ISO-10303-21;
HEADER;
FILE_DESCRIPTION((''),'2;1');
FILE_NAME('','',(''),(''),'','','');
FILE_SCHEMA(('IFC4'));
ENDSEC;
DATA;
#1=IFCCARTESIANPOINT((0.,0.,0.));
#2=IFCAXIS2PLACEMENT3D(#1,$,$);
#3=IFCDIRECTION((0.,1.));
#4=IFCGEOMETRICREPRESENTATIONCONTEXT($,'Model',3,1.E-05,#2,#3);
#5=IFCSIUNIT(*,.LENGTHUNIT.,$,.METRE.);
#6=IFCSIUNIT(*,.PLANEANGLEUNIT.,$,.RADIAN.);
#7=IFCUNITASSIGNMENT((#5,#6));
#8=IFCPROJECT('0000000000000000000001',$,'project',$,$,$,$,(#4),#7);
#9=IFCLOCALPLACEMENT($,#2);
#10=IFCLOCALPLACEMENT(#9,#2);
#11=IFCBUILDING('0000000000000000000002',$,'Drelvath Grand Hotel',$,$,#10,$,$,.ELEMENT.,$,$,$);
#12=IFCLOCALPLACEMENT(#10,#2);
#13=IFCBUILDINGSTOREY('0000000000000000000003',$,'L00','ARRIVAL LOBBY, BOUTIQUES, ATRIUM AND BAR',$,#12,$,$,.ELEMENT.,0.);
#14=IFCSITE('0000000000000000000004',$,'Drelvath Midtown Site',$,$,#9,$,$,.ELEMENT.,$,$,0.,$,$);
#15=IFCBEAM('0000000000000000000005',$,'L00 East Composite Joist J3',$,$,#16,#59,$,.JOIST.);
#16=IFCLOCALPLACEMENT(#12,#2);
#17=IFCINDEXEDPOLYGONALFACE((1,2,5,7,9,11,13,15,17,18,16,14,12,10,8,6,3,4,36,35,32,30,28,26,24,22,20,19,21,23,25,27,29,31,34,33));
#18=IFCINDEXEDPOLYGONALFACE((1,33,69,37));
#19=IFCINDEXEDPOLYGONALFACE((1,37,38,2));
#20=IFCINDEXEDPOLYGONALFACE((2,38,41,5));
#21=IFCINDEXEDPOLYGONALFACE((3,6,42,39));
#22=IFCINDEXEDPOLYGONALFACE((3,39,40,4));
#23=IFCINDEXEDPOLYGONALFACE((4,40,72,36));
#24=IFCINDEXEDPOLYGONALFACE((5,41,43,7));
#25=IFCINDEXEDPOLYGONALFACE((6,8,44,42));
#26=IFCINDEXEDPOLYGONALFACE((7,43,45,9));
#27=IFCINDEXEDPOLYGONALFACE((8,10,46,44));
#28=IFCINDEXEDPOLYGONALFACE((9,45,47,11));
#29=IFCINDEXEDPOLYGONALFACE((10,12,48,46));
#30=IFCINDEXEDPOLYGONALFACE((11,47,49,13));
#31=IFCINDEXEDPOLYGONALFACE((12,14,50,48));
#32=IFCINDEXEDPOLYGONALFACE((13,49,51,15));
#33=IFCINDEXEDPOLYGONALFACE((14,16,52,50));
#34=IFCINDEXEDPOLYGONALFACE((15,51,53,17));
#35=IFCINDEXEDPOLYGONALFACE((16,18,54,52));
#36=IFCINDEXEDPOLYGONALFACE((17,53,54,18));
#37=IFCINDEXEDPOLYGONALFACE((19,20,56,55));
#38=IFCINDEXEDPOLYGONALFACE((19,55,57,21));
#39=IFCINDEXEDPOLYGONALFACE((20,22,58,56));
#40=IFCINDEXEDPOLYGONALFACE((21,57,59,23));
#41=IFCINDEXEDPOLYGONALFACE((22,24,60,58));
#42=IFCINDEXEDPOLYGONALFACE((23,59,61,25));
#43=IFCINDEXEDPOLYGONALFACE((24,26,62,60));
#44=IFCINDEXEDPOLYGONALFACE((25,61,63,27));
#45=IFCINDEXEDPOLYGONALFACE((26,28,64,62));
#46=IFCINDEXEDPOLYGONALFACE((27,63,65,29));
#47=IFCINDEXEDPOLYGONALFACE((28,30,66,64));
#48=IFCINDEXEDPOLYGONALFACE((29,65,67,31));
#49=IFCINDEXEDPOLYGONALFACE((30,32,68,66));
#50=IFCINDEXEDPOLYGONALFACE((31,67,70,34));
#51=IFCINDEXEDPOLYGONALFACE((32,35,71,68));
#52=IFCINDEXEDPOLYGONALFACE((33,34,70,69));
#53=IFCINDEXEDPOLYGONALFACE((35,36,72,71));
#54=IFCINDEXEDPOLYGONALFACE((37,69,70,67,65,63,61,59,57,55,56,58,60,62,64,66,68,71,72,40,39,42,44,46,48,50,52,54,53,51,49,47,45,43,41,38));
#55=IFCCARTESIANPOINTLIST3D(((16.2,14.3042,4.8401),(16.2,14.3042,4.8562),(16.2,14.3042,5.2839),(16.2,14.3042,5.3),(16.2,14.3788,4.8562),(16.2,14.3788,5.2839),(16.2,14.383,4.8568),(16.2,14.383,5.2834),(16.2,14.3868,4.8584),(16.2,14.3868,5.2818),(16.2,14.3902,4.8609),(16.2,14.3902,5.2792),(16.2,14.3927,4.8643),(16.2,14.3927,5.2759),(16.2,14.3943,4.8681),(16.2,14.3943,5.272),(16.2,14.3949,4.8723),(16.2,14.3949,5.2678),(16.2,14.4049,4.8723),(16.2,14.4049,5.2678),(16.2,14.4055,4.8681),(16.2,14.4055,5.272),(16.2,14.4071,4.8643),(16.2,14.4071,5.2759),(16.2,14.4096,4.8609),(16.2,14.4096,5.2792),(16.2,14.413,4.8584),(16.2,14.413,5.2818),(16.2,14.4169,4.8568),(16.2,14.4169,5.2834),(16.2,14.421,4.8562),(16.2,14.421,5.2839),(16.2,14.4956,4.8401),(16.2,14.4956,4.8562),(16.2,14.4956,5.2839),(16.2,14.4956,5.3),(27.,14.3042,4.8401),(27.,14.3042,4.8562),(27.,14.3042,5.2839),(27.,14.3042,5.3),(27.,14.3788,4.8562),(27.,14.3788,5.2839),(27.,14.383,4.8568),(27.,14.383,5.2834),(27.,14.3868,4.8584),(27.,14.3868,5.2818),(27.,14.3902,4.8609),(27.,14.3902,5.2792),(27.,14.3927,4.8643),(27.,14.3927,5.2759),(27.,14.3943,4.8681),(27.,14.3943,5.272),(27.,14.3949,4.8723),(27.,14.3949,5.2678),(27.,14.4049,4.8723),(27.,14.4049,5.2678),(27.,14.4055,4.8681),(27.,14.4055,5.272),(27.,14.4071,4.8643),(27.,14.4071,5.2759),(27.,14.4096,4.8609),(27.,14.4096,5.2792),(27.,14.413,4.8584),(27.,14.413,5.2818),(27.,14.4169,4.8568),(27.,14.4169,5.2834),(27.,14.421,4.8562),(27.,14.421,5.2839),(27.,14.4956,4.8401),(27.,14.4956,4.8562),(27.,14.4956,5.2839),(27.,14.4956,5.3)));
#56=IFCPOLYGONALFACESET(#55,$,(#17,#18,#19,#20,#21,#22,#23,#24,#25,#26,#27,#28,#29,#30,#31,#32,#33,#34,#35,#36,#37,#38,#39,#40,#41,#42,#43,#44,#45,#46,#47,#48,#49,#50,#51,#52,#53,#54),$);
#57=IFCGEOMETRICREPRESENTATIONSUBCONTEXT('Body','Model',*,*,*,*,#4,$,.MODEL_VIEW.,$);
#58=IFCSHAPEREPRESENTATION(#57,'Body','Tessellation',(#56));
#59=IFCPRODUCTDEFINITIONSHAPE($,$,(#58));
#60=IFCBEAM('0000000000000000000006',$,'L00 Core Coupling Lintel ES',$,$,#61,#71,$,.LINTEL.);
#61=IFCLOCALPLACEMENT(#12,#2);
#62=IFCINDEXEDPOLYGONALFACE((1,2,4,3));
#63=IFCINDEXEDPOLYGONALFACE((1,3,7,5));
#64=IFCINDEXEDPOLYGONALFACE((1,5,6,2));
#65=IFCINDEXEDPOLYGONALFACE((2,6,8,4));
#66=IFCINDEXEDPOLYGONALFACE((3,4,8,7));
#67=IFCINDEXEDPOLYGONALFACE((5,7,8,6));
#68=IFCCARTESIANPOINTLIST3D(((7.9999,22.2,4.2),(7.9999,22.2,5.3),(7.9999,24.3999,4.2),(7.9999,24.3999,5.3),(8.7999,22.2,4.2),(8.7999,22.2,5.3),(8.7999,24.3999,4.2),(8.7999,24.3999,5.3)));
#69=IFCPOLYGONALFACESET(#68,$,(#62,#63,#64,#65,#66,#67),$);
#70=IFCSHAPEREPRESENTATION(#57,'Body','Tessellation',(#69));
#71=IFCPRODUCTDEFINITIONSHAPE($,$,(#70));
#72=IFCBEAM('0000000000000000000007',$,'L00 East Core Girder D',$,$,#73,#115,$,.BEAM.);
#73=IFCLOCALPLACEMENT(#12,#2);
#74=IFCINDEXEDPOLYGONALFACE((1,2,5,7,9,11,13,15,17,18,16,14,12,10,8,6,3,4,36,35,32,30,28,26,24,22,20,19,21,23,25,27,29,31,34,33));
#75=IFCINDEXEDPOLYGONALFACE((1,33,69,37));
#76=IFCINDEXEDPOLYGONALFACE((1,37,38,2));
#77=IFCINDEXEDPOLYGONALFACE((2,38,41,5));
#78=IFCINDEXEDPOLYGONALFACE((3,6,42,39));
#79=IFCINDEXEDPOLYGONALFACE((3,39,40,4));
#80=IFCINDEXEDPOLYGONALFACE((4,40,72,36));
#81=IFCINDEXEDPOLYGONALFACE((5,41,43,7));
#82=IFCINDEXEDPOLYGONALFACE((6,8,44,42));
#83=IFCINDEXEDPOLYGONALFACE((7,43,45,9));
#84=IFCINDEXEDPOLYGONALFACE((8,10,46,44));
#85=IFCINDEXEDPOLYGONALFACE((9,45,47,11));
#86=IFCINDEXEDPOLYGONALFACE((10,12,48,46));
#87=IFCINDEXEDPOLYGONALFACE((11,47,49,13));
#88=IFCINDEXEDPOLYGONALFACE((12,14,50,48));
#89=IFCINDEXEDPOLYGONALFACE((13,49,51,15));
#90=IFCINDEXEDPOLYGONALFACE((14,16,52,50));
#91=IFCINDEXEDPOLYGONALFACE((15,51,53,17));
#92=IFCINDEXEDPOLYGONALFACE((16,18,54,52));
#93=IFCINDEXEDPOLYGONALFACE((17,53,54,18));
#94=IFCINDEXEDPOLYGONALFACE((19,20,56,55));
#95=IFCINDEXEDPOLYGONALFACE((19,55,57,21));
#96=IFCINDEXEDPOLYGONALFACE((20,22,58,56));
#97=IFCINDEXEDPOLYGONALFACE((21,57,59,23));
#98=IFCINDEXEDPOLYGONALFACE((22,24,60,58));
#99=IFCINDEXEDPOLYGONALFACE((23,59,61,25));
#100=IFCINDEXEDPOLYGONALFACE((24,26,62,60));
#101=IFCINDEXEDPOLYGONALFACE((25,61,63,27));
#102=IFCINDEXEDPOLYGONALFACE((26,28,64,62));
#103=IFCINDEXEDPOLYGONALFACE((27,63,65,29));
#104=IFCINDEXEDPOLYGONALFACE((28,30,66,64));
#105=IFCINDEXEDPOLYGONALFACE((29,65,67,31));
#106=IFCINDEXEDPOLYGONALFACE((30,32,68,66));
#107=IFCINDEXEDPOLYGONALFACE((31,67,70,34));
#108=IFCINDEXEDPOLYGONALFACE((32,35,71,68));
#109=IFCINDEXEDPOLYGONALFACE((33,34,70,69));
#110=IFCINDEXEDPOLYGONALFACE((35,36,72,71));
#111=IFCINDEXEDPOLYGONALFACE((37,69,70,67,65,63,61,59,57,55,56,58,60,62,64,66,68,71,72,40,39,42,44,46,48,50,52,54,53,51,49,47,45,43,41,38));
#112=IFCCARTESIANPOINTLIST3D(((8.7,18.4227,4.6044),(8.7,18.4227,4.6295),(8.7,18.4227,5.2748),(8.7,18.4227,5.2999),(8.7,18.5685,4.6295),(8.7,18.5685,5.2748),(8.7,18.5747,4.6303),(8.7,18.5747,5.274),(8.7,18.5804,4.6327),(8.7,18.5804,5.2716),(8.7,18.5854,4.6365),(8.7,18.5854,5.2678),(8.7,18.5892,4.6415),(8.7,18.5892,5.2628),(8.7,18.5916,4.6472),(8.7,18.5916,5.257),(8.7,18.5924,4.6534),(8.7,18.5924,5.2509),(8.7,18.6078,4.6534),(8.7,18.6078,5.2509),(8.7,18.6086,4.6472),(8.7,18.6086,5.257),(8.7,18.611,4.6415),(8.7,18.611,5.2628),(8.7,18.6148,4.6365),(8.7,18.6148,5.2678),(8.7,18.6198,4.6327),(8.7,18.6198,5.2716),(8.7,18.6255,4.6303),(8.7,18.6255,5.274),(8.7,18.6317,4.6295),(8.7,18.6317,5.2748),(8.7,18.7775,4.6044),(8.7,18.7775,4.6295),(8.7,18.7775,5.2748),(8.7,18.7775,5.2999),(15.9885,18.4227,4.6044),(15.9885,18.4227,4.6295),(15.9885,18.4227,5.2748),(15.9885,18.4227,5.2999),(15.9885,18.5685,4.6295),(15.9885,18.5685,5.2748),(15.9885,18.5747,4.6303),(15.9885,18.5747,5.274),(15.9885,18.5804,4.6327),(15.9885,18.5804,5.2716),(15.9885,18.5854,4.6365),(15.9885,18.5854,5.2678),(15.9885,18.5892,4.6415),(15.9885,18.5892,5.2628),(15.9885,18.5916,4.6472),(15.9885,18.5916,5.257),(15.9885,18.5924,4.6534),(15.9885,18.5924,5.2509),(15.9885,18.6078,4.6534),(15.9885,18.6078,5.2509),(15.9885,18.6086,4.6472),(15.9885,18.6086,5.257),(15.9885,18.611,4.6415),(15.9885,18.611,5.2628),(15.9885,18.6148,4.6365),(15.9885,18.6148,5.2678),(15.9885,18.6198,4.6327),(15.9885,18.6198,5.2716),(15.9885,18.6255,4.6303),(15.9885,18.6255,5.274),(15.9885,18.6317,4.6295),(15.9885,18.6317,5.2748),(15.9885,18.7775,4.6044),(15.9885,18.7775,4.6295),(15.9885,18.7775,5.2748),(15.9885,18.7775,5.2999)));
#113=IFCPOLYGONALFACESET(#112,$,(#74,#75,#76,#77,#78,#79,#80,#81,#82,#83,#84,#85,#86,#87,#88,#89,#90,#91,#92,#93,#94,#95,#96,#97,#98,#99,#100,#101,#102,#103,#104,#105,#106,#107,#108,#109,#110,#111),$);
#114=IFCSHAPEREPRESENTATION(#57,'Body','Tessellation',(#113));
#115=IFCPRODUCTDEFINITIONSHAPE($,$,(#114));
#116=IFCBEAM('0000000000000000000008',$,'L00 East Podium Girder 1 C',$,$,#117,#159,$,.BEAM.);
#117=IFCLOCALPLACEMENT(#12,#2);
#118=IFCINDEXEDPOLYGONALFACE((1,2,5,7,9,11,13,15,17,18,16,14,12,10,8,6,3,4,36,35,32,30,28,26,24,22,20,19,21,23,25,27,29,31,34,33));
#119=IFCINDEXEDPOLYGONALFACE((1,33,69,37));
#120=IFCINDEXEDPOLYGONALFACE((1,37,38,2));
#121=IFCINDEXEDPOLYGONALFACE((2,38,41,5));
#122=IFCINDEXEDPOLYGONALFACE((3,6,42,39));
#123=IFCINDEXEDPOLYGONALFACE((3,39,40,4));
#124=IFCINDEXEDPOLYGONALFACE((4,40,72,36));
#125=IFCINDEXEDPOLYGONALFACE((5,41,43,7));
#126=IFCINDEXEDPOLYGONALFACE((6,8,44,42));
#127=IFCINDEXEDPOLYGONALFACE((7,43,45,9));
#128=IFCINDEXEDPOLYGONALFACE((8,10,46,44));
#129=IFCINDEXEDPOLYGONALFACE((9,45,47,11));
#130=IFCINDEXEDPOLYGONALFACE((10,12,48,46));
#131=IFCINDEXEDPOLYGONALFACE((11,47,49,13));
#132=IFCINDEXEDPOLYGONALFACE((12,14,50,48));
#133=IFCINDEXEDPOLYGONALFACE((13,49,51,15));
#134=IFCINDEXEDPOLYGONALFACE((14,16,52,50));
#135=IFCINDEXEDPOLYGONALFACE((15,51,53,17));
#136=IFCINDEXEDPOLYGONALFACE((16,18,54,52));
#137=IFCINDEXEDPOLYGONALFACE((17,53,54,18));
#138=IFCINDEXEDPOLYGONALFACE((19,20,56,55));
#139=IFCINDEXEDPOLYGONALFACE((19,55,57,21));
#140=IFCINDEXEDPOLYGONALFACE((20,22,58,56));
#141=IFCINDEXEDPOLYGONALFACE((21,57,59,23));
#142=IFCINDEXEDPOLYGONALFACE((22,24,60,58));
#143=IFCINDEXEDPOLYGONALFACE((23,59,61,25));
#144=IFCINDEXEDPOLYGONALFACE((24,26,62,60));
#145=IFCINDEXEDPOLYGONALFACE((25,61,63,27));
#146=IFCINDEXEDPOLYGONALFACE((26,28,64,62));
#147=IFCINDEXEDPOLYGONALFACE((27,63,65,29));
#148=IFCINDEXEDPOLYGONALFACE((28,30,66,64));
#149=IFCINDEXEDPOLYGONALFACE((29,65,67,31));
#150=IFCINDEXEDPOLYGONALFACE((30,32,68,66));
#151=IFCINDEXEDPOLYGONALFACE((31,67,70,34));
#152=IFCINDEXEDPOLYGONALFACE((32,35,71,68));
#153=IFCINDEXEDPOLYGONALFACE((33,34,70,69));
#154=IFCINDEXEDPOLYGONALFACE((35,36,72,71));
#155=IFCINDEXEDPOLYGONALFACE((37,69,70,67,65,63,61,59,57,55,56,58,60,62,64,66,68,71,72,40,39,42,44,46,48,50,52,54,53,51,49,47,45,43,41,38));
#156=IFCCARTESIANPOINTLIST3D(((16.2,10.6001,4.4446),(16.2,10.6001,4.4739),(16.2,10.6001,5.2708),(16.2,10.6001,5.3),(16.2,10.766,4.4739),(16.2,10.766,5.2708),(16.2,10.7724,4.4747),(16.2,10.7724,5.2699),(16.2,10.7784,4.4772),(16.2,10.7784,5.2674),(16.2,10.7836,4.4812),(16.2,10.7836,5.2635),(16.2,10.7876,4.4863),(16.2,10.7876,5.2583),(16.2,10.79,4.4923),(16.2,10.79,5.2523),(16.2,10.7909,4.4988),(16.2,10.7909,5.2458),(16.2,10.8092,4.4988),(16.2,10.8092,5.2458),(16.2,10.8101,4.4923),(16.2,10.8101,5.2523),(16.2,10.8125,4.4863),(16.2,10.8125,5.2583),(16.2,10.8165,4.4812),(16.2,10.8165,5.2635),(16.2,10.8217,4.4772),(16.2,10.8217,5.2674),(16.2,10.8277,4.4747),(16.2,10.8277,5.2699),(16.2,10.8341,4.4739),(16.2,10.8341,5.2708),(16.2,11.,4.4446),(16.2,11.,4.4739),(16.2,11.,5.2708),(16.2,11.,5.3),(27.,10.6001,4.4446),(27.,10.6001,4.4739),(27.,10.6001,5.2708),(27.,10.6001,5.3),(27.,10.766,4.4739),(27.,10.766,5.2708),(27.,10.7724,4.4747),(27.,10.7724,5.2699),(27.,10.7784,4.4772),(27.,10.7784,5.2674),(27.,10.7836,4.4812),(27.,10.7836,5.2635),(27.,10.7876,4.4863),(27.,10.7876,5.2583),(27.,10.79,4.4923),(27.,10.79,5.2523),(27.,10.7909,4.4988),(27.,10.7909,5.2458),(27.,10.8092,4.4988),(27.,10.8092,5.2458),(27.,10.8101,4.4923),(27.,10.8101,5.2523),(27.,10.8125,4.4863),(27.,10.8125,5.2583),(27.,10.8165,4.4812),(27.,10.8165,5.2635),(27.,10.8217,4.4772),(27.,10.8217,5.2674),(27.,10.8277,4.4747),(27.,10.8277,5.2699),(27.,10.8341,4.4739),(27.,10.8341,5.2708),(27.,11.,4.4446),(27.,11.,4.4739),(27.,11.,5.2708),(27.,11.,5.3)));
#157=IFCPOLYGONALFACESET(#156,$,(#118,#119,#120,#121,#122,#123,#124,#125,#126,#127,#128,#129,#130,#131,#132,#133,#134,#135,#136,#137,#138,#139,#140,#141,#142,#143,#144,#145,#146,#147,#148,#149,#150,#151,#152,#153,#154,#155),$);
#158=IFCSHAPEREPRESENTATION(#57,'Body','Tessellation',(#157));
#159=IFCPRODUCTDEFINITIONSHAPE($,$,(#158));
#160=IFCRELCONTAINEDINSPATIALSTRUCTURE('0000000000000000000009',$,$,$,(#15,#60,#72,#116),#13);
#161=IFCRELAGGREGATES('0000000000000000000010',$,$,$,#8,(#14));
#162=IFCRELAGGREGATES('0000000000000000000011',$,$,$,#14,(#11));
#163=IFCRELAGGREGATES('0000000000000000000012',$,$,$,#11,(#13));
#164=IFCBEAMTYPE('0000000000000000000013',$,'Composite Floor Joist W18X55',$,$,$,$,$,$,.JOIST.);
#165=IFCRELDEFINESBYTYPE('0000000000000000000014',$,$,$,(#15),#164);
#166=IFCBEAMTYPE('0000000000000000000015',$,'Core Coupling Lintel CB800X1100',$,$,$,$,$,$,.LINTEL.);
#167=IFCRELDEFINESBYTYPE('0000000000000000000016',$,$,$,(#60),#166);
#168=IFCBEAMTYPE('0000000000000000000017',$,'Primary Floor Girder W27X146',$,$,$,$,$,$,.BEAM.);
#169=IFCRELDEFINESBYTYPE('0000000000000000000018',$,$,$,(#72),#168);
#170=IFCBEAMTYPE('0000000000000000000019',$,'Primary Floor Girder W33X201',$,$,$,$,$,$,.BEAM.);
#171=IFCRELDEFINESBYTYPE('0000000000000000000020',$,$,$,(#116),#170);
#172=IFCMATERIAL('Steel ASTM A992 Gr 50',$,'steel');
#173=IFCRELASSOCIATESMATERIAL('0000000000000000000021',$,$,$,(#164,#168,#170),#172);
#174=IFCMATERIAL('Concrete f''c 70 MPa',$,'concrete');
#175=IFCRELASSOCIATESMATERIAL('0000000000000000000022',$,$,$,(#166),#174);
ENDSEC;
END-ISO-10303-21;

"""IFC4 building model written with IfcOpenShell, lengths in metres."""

from ifc_helpers import new_model, si_unit, direction, frame, origin, origin_2d, place, context, subcontext, project, spatial, rectangle, i_section, extrude, material, material_profile, profile_set, type_object, element, save


model = new_model("IFC4")

# Units and contexts
model_context = context("Model", 3, precision=1e-05, world=origin(), true_north=direction((0.0, 1.0)))
body_context = subcontext(model_context, "Body", "Model", "MODEL_VIEW")
ifc_project = project(units=[si_unit("LENGTHUNIT", "METRE"), si_unit("PLANEANGLEUNIT", "RADIAN")], contexts=[model_context])

# Site, building, storey
site_placement = place(None, origin())
site = spatial("IfcSite", under=ifc_project, at=site_placement, Name="Drelvath Midtown Site", CompositionType="ELEMENT", RefElevation=0.0)
building_placement = place(site_placement, origin())
building = spatial("IfcBuilding", under=site, at=building_placement, Name="Drelvath Grand Hotel", CompositionType="ELEMENT")
storey_placement = place(building_placement, origin())
storey = spatial("IfcBuildingStorey", under=building, at=storey_placement, Name="L00", Description="ARRIVAL LOBBY, BOUTIQUES, ATRIUM AND BAR", CompositionType="ELEMENT", Elevation=0.0)

# Beams
ifc_material_1 = material(Name="Steel ASTM A992 Gr 50", Category="steel")
ifc_material_profile_1 = material_profile(ifc_material_1, i_section(OverallWidth=0.1914, OverallDepth=0.46, WebThickness=0.01, FlangeThickness=0.0161, FilletRadius=0.0161, at=origin_2d()), Name="W18X55")
ifc_profile_set_1 = profile_set([ifc_material_profile_1], Name="Steel ASTM A992 Gr 50")
beam_type_1 = type_object("IfcBeamType", Name="Composite Floor Joist W18X55", PredefinedType="JOIST", material=ifc_profile_set_1)
beam_1_placement = place(storey_placement, frame((16.2, 14.3999, 5.0701), z_axis=(1.0, 0.0, 0.0), x_axis=(0.0, 1.0, 0.0)))
element("IfcBeam", 1, at=beam_1_placement, inside=storey, type_object=beam_type_1, Name="L00 East Composite Joist J3", PredefinedType="JOIST", context=body_context, shape_type="SweptSolid", body=[
    extrude(i_section(OverallWidth=0.1914, OverallDepth=0.46, WebThickness=0.01, FlangeThickness=0.0161, FilletRadius=0.0161, at=origin_2d()), origin(), (0.0, 0.0, 1.0), 10.8),
])
ifc_material_2 = material(Name="Concrete f'c 70 MPa", Category="concrete")
ifc_material_profile_2 = material_profile(ifc_material_2, rectangle(XDim=0.8, YDim=1.1001, at=origin_2d()), Name="CB800X1100")
ifc_profile_set_2 = profile_set([ifc_material_profile_2], Name="Concrete f'c 70 MPa")
beam_type_2 = type_object("IfcBeamType", Name="Core Coupling Lintel CB800X1100", PredefinedType="LINTEL", material=ifc_profile_set_2)
beam_2_placement = place(storey_placement, frame((8.3999, 22.2, 4.75), z_axis=(0.0, 1.0, 0.0), x_axis=(-1.0, 0.0, 0.0)))
element("IfcBeam", 2, at=beam_2_placement, inside=storey, type_object=beam_type_2, Name="L00 Core Coupling Lintel ES", PredefinedType="LINTEL", context=body_context, shape_type="SweptSolid", body=[
    extrude(rectangle(XDim=0.8, YDim=1.1001, at=origin_2d()), origin(), (0.0, 0.0, 1.0), 2.2),
])
ifc_material_profile_3 = material_profile(ifc_material_1, i_section(OverallWidth=0.3547, OverallDepth=0.6956, WebThickness=0.0154, FlangeThickness=0.0251, FilletRadius=0.0239, at=origin_2d()), Name="W27X146")
ifc_profile_set_3 = profile_set([ifc_material_profile_3], Name="Steel ASTM A992 Gr 50")
beam_type_3 = type_object("IfcBeamType", Name="Primary Floor Girder W27X146", PredefinedType="BEAM", material=ifc_profile_set_3)
beam_3_placement = place(storey_placement, frame((8.7, 18.6001, 4.9521), z_axis=(1.0, 0.0, 0.0), x_axis=(0.0, 1.0, 0.0)))
element("IfcBeam", 3, at=beam_3_placement, inside=storey, type_object=beam_type_3, Name="L00 East Core Girder D", PredefinedType="BEAM", context=body_context, shape_type="SweptSolid", body=[
    extrude(i_section(OverallWidth=0.3547, OverallDepth=0.6956, WebThickness=0.0154, FlangeThickness=0.0251, FilletRadius=0.0239, at=origin_2d()), origin(), (0.0, 0.0, 1.0), 7.2886),
])
ifc_material_profile_4 = material_profile(ifc_material_1, i_section(OverallWidth=0.3999, OverallDepth=0.8555, WebThickness=0.0183, FlangeThickness=0.0293, FilletRadius=0.0249, at=origin_2d()), Name="W33X201")
ifc_profile_set_4 = profile_set([ifc_material_profile_4], Name="Steel ASTM A992 Gr 50")
beam_type_4 = type_object("IfcBeamType", Name="Primary Floor Girder W33X201", PredefinedType="BEAM", material=ifc_profile_set_4)
beam_4_placement = place(storey_placement, frame((16.2, 10.8, 4.8723), z_axis=(1.0, 0.0, 0.0), x_axis=(0.0, 1.0, 0.0)))
element("IfcBeam", 4, at=beam_4_placement, inside=storey, type_object=beam_type_4, Name="L00 East Podium Girder 1 C", PredefinedType="BEAM", context=body_context, shape_type="SweptSolid", body=[
    extrude(i_section(OverallWidth=0.3999, OverallDepth=0.8555, WebThickness=0.0183, FlangeThickness=0.0293, FilletRadius=0.0249, at=origin_2d()), origin(), (0.0, 0.0, 1.0), 10.8),
])

save(model, "model.ifc")
